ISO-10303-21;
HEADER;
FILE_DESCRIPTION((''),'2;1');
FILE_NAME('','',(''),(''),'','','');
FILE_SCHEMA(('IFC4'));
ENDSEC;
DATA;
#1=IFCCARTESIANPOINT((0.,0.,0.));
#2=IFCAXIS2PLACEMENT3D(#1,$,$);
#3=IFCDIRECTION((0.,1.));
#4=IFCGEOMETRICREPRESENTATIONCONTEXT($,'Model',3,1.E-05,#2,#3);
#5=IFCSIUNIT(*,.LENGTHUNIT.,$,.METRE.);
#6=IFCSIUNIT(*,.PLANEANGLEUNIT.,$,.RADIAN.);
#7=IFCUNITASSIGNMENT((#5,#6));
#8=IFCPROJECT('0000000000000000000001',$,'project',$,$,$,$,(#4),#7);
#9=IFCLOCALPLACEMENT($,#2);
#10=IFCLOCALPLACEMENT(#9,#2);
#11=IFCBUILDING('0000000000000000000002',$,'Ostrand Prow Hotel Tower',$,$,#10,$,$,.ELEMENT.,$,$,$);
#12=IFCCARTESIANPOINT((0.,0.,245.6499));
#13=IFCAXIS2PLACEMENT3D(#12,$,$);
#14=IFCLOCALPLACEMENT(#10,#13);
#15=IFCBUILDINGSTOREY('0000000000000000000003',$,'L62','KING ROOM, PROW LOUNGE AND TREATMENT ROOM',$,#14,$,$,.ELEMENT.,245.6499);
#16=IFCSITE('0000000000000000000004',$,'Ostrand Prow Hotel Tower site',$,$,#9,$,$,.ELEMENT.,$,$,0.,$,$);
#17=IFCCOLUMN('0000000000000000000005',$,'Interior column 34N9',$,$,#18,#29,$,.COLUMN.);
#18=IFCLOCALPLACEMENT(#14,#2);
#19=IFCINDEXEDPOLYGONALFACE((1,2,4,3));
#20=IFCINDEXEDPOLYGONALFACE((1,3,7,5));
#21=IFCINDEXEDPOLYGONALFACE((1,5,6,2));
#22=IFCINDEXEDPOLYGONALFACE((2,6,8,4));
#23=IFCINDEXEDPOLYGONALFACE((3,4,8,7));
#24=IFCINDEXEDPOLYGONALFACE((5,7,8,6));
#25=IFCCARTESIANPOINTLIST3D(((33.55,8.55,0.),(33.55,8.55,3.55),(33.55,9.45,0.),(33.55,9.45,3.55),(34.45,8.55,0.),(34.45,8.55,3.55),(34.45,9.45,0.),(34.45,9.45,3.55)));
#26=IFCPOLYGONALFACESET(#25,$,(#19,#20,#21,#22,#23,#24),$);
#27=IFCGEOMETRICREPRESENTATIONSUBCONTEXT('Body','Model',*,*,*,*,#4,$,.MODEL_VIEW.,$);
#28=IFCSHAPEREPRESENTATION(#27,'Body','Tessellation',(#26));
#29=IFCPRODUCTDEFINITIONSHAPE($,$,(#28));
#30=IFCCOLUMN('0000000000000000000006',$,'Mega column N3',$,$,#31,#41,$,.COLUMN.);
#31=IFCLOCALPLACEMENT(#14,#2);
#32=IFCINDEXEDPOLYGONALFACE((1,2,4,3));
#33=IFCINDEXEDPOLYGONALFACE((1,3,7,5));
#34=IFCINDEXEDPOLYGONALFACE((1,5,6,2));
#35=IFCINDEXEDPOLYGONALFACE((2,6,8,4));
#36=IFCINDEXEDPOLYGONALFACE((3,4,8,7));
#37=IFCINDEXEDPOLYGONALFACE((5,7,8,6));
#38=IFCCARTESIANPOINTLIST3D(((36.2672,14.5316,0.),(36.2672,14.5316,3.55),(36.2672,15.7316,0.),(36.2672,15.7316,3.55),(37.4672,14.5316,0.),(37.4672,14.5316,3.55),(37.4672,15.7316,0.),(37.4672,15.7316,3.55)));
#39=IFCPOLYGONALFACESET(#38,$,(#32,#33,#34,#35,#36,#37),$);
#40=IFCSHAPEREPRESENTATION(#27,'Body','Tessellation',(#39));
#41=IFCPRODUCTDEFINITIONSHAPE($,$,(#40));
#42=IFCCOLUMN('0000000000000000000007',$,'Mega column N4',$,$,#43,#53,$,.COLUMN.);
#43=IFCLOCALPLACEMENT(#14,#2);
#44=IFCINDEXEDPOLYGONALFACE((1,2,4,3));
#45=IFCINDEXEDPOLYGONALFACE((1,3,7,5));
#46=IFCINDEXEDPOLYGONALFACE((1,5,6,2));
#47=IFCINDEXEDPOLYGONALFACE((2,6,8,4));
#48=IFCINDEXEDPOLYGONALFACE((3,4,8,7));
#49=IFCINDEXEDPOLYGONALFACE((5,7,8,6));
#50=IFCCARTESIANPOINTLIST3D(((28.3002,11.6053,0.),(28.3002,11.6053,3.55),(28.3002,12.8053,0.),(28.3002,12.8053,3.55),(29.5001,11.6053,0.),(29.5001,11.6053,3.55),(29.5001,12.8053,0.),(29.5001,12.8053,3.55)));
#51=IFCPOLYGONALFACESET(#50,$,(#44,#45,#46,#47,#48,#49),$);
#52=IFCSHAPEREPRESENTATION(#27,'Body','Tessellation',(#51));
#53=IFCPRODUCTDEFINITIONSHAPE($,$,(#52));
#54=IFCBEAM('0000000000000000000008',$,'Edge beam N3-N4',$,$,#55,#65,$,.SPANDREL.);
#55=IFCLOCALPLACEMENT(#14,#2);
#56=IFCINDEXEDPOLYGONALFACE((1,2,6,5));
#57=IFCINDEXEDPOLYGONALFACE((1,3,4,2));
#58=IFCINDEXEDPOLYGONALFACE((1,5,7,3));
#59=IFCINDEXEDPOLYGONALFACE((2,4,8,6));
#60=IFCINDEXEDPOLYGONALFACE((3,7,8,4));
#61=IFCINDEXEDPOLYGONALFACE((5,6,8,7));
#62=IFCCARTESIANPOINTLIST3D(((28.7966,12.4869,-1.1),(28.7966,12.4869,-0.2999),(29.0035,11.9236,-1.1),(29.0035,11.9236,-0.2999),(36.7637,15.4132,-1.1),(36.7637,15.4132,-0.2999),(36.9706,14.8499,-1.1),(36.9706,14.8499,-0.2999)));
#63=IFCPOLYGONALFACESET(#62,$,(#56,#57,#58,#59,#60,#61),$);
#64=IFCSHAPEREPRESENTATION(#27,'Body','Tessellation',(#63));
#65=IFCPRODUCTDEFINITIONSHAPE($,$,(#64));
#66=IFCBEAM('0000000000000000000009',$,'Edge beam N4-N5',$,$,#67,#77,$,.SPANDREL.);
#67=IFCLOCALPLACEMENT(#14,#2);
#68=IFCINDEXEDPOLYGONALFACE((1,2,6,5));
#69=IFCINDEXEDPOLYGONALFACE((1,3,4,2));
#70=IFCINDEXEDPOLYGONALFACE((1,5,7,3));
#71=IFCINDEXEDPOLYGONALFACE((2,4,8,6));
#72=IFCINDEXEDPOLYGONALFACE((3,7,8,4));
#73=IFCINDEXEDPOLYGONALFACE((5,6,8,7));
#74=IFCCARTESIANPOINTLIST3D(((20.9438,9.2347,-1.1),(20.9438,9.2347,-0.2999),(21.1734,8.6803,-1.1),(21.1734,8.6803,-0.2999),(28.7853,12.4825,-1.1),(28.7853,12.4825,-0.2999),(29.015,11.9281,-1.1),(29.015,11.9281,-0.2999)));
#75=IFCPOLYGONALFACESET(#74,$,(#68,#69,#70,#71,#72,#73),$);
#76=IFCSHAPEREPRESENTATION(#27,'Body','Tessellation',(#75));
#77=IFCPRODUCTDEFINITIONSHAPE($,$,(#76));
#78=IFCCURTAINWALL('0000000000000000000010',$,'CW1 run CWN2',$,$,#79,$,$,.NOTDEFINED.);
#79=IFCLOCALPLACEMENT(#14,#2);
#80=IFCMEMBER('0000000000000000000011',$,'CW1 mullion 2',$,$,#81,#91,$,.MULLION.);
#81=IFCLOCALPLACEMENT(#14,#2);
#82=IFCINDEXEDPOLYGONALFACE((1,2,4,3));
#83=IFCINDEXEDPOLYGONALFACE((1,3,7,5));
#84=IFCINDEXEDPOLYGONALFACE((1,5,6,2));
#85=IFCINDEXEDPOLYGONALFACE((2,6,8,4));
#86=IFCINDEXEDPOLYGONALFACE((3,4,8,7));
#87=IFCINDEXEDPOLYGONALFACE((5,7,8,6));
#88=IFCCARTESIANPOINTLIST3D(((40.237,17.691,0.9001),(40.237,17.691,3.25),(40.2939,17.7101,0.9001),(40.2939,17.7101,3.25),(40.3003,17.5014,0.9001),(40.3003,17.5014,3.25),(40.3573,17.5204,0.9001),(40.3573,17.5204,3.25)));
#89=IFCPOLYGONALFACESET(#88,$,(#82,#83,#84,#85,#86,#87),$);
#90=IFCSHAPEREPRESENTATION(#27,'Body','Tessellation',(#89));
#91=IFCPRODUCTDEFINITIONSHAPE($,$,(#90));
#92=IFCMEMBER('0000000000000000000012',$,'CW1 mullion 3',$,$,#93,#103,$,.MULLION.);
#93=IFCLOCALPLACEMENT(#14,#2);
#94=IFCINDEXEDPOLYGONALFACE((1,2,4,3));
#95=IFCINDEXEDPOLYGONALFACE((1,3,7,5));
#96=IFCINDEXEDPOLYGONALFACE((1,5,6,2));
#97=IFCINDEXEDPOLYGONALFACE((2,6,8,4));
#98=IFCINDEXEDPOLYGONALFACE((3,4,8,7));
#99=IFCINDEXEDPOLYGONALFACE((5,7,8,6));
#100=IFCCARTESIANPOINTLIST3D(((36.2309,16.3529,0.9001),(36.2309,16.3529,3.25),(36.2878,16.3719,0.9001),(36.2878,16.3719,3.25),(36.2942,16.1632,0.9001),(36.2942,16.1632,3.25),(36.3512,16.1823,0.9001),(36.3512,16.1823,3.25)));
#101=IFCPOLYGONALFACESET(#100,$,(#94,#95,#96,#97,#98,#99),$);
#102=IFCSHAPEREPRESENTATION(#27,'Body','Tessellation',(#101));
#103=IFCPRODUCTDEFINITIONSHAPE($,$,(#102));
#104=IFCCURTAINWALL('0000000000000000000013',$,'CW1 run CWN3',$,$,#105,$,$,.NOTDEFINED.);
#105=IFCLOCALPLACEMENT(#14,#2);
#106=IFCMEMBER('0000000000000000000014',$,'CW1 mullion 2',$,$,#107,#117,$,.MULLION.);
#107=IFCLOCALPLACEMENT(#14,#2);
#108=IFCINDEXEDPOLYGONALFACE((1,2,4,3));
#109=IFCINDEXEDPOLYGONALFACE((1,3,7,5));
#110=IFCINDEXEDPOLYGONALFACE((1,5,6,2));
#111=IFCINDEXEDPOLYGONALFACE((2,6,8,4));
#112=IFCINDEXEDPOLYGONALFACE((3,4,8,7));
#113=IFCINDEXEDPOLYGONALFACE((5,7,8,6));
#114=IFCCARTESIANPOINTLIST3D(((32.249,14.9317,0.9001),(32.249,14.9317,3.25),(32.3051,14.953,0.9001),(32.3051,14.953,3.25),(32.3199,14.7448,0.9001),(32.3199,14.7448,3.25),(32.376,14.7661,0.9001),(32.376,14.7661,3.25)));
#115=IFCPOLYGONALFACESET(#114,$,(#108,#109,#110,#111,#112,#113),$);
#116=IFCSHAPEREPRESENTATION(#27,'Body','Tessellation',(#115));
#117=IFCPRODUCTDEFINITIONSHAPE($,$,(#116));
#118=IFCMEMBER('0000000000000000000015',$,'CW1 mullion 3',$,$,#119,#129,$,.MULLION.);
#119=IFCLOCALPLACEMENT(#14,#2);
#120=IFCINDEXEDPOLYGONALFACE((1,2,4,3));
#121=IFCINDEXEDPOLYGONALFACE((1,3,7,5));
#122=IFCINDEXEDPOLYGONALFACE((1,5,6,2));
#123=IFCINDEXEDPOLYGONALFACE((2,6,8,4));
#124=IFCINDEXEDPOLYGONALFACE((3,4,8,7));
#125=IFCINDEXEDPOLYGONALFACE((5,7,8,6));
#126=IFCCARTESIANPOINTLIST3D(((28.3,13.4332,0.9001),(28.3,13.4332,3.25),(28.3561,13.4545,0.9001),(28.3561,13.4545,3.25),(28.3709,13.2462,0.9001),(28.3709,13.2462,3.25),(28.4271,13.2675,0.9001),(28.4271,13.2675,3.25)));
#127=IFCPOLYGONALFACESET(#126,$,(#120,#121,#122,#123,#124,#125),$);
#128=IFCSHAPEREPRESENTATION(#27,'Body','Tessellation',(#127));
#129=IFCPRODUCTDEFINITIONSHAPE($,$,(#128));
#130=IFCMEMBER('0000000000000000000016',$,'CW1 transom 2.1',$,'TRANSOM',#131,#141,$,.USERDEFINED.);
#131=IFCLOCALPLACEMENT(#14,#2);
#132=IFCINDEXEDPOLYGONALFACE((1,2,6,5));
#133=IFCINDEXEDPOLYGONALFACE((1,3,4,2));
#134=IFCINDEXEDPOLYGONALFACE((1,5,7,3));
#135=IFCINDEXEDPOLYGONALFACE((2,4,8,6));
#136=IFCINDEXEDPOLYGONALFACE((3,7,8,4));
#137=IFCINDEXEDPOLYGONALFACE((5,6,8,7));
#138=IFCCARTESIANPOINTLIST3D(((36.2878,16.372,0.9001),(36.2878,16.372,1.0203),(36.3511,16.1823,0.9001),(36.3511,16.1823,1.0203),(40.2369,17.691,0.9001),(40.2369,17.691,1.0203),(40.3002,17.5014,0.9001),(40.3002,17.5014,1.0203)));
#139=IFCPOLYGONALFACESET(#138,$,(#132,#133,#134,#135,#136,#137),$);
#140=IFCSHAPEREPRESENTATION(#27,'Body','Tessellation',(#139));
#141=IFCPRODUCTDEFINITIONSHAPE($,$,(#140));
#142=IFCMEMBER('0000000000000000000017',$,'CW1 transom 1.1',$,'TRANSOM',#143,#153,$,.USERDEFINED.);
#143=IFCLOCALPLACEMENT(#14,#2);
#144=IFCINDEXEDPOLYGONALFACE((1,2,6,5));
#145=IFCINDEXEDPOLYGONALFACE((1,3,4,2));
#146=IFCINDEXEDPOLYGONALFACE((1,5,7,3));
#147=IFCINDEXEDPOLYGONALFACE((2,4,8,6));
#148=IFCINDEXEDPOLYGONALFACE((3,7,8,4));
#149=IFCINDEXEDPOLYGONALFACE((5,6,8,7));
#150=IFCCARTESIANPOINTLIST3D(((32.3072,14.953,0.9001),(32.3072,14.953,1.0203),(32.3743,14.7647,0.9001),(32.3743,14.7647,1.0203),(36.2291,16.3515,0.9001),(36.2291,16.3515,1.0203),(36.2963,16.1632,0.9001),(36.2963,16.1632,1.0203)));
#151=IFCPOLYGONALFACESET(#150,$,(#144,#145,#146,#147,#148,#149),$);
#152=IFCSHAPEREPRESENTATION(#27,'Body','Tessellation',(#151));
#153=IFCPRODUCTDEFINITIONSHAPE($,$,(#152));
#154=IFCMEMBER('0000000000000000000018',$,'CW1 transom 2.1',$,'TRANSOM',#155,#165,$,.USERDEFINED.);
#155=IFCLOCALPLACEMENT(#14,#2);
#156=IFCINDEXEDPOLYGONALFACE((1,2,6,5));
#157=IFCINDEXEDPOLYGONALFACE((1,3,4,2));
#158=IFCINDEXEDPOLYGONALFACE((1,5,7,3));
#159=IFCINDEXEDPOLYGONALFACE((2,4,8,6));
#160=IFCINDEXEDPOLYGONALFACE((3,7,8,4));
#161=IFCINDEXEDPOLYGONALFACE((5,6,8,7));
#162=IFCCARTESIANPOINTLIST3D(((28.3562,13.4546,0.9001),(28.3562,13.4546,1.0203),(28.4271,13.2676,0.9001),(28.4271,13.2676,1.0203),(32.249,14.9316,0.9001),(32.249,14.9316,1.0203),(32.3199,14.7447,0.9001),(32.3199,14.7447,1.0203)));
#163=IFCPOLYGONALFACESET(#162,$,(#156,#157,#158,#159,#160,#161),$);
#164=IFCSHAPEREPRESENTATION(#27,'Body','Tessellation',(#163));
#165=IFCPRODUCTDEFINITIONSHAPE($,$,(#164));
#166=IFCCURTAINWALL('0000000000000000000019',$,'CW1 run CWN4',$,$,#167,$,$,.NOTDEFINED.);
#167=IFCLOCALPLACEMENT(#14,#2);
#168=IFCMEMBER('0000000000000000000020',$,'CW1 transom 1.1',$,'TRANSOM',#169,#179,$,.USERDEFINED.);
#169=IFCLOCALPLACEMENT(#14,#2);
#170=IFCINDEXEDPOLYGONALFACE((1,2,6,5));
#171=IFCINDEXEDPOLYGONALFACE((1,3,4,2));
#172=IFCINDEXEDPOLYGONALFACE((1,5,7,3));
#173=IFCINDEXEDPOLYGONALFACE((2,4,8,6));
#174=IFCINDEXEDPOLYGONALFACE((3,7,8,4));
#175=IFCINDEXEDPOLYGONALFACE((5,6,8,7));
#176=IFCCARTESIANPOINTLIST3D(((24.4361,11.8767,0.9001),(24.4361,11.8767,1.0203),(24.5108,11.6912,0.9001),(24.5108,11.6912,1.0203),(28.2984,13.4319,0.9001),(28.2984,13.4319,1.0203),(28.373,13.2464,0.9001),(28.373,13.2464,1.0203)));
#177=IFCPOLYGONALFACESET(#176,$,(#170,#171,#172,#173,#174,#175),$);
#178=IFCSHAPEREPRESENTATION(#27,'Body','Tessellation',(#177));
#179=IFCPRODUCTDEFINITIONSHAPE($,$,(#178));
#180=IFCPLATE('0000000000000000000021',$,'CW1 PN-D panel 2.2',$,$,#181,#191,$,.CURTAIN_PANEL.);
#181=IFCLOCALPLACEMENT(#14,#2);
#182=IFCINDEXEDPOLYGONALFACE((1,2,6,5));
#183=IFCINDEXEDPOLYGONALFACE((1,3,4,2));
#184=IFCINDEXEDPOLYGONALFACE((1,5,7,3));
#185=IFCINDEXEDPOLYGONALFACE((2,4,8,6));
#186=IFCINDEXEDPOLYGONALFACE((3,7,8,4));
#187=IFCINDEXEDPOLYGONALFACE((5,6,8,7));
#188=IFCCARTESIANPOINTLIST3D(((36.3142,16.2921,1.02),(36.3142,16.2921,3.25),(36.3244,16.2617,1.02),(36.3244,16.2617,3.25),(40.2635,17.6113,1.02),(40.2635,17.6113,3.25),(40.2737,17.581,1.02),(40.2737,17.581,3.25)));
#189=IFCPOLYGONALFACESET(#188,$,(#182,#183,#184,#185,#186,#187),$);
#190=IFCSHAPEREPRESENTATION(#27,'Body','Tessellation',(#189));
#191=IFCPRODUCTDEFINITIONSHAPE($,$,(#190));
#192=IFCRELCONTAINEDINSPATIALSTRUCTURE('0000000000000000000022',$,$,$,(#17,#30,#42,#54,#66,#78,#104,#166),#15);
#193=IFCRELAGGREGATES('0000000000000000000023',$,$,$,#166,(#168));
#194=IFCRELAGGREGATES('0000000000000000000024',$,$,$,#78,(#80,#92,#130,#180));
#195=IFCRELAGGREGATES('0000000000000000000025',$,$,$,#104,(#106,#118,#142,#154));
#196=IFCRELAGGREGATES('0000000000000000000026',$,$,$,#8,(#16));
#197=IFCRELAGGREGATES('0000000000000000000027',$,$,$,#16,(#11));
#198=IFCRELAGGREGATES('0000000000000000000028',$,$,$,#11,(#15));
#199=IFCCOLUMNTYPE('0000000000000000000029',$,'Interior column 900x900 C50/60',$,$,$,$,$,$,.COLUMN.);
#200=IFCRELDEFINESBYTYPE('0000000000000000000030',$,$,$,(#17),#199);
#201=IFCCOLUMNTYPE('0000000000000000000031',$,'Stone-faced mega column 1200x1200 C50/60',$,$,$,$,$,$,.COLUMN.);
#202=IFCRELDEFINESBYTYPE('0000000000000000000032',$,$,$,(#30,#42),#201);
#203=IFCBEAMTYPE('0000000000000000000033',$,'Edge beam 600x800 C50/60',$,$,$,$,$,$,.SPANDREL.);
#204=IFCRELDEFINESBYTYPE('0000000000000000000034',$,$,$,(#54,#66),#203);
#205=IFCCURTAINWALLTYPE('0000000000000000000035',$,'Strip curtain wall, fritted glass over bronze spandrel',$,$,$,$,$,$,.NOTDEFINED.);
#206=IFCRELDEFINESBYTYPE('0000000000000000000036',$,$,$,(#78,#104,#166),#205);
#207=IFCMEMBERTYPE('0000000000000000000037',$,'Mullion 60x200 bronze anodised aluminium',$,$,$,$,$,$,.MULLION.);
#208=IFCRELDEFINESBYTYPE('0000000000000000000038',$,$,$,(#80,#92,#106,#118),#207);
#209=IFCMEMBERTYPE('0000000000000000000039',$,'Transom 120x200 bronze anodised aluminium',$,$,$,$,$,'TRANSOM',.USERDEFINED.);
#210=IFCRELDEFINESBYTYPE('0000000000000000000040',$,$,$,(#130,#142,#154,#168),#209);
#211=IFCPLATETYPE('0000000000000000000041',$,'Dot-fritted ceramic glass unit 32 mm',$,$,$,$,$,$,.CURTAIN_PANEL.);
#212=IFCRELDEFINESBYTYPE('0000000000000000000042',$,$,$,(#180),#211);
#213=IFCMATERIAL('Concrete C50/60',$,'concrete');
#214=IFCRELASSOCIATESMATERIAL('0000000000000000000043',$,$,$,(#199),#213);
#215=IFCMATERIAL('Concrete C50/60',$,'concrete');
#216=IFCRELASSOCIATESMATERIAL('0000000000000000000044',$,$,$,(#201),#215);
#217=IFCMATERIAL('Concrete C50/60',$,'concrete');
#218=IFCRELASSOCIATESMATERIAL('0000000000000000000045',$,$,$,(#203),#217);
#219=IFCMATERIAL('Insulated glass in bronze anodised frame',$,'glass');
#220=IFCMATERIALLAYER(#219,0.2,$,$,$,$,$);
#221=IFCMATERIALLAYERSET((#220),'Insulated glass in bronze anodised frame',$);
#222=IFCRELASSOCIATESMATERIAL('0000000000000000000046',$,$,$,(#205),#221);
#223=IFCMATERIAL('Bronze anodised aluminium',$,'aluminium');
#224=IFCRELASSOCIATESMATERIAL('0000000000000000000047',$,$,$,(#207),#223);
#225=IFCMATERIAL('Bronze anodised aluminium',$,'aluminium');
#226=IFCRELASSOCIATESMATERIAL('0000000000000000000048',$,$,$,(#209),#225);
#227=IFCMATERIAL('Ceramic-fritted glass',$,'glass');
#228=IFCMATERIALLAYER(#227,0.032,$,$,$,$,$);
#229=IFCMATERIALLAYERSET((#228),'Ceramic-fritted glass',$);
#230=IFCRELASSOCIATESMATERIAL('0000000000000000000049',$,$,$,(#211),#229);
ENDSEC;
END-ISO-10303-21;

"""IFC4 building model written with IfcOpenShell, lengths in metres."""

from ifc_helpers import new_model, si_unit, direction, frame, origin, origin_2d, place, context, subcontext, project, spatial, rectangle, extrude, material, layer, layer_set, material_profile, profile_set, type_object, element, aggregate, save


model = new_model("IFC4")

# Units and contexts
model_context = context("Model", 3, precision=1e-05, world=origin(), true_north=direction((0.0, 1.0)))
body_context = subcontext(model_context, "Body", "Model", "MODEL_VIEW")
ifc_project = project(units=[si_unit("LENGTHUNIT", "METRE"), si_unit("PLANEANGLEUNIT", "RADIAN")], contexts=[model_context])

# Site, building, storey
site_placement = place(None, origin())
site = spatial("IfcSite", under=ifc_project, at=site_placement, Name="Ostrand Prow Hotel Tower site", CompositionType="ELEMENT", RefElevation=0.0)
building_placement = place(site_placement, origin())
building = spatial("IfcBuilding", under=site, at=building_placement, Name="Ostrand Prow Hotel Tower", CompositionType="ELEMENT")
storey_placement = place(building_placement, frame((0.0, 0.0, 245.6499)))
storey = spatial("IfcBuildingStorey", under=building, at=storey_placement, Name="L62", Description="KING ROOM, PROW LOUNGE AND TREATMENT ROOM", CompositionType="ELEMENT", Elevation=245.6499)

# Columns
ifc_material_1 = material(Name="Concrete C50/60", Category="concrete")
ifc_material_profile_1 = material_profile(ifc_material_1, rectangle(XDim=0.8999, YDim=0.8999, at=origin_2d()), Name="RC 900x900")
ifc_profile_set_1 = profile_set([ifc_material_profile_1], Name="Concrete C50/60")
column_type_1 = type_object("IfcColumnType", Name="Interior column 900x900 C50/60", PredefinedType="COLUMN", material=ifc_profile_set_1)
column_placement = place(storey_placement, frame((34.0, 9.0, 0.0), z_axis=(0.0, 0.0, 1.0), x_axis=(1.0, 0.0, 0.0)))
element("IfcColumn", 1, at=column_placement, inside=storey, type_object=column_type_1, Name="Interior column 34N9", PredefinedType="COLUMN", context=body_context, shape_type="SweptSolid", body=[
    extrude(rectangle(XDim=0.8999, YDim=0.8999, at=origin_2d()), origin(), (0.0, 0.0, 1.0), 3.55),
])
ifc_material_2 = material(Name="Concrete C50/60", Category="concrete")
ifc_material_profile_2 = material_profile(ifc_material_2, rectangle(XDim=1.2, YDim=1.2, at=origin_2d()), Name="RC 1200x1200")
ifc_profile_set_2 = profile_set([ifc_material_profile_2], Name="Concrete C50/60")
column_type_2 = type_object("IfcColumnType", Name="Stone-faced mega column 1200x1200 C50/60", PredefinedType="COLUMN", material=ifc_profile_set_2)
for number, where, z_axis, x_axis, name in (
    (2, (36.8672, 15.1316, 0.0), (0.0, 0.0, 1.0), (1.0, 0.0, 0.0), "Mega column N3"),
    (3, (28.9001, 12.2053, 0.0), (0.0, 0.0, 1.0), (1.0, 0.0, 0.0), "Mega column N4"),
):
    element("IfcColumn", number, at=place(storey_placement, frame(where, z_axis=z_axis, x_axis=x_axis)), inside=storey, type_object=column_type_2, Name=name, PredefinedType="COLUMN", context=body_context, shape_type="SweptSolid", body=[
        extrude(rectangle(XDim=1.2, YDim=1.2, at=origin_2d()), origin(), (0.0, 0.0, 1.0), 3.55),
    ])

# Beams
ifc_material_3 = material(Name="Concrete C50/60", Category="concrete")
ifc_material_profile_3 = material_profile(ifc_material_3, rectangle(XDim=0.6001, YDim=0.8, at=origin_2d()), Name="RC 600x800")
ifc_profile_set_3 = profile_set([ifc_material_profile_3], Name="Concrete C50/60")
beam_type = type_object("IfcBeamType", Name="Edge beam 600x800 C50/60", PredefinedType="SPANDREL", material=ifc_profile_set_3)
for number, where, z_axis, x_axis, name in (
    (4, (36.8672, 15.1316, -0.7), (-0.938685, -0.344776, 0.0), (0.344776, -0.938685, 0.0), "Edge beam N3-N4"),
    (5, (28.9001, 12.2053, -0.7), (-0.923891, -0.382656, 0.0), (0.382656, -0.923891, 0.0), "Edge beam N4-N5"),
):
    element("IfcBeam", number, at=place(storey_placement, frame(where, z_axis=z_axis, x_axis=x_axis)), inside=storey, type_object=beam_type, Name=name, PredefinedType="SPANDREL", context=body_context, shape_type="SweptSolid", body=[
        extrude(rectangle(XDim=0.6001, YDim=0.8, at=origin_2d()), origin(), (0.0, 0.0, 1.0), 8.4875),
    ])

# Curtain walls, members
ifc_material_4 = material(Name="Insulated glass in bronze anodised frame", Category="glass")
ifc_layer_1 = layer(ifc_material_4, 0.2)
ifc_layer_set_1 = layer_set([ifc_layer_1], Name="Insulated glass in bronze anodised frame")
curtain_wall_type = type_object("IfcCurtainWallType", Name="Strip curtain wall, fritted glass over bronze spandrel", PredefinedType="NOTDEFINED", material=ifc_layer_set_1)
curtain_wall_1_placement = place(storey_placement, origin())
curtain_wall_1 = element("IfcCurtainWall", 6, at=curtain_wall_1_placement, inside=storey, type_object=curtain_wall_type, Name="CW1 run CWN2", PredefinedType="NOTDEFINED")
ifc_material_5 = material(Name="Bronze anodised aluminium", Category="aluminium")
ifc_material_profile_4 = material_profile(ifc_material_5, rectangle(XDim=0.2, YDim=0.0601, at=origin_2d()), Name="Mullion 60x200 bronze anodised aluminium")
ifc_profile_set_4 = profile_set([ifc_material_profile_4], Name="Bronze anodised aluminium")
member_type_1 = type_object("IfcMemberType", Name="Mullion 60x200 bronze anodised aluminium", PredefinedType="MULLION", material=ifc_profile_set_4)
member_1_placement = place(storey_placement, frame((40.2971, 17.6057, 0.9001), z_axis=(0.0, 0.0, 1.0), x_axis=(0.316841, -0.948479, 0.0)))
member_1 = element("IfcMember", 7, at=member_1_placement, type_object=member_type_1, Name="CW1 mullion 2", PredefinedType="MULLION", context=body_context, shape_type="SweptSolid", body=[
    extrude(rectangle(XDim=0.2, YDim=0.0601, at=origin_2d()), origin(), (0.0, 0.0, 1.0), 2.3499),
])
member_2_placement = place(storey_placement, frame((36.291, 16.2676, 0.9001), z_axis=(0.0, 0.0, 1.0), x_axis=(0.316841, -0.948479, 0.0)))
member_2 = element("IfcMember", 8, at=member_2_placement, type_object=member_type_1, Name="CW1 mullion 3", PredefinedType="MULLION", context=body_context, shape_type="SweptSolid", body=[
    extrude(rectangle(XDim=0.2, YDim=0.0601, at=origin_2d()), origin(), (0.0, 0.0, 1.0), 2.3499),
])
curtain_wall_2_placement = place(storey_placement, origin())
curtain_wall_2 = element("IfcCurtainWall", 9, at=curtain_wall_2_placement, inside=storey, type_object=curtain_wall_type, Name="CW1 run CWN3", PredefinedType="NOTDEFINED")
member_3_placement = place(storey_placement, frame((32.3125, 14.8489, 0.9001), z_axis=(0.0, 0.0, 1.0), x_axis=(0.354777, -0.934951, 0.0)))
member_3 = element("IfcMember", 10, at=member_3_placement, type_object=member_type_1, Name="CW1 mullion 2", PredefinedType="MULLION", context=body_context, shape_type="SweptSolid", body=[
    extrude(rectangle(XDim=0.2, YDim=0.0601, at=origin_2d()), origin(), (0.0, 0.0, 1.0), 2.3499),
])
member_4_placement = place(storey_placement, frame((28.3635, 13.3503, 0.9001), z_axis=(0.0, 0.0, 1.0), x_axis=(0.354777, -0.934951, 0.0)))
member_4 = element("IfcMember", 11, at=member_4_placement, type_object=member_type_1, Name="CW1 mullion 3", PredefinedType="MULLION", context=body_context, shape_type="SweptSolid", body=[
    extrude(rectangle(XDim=0.2, YDim=0.0601, at=origin_2d()), origin(), (0.0, 0.0, 1.0), 2.3499),
])

# Members
ifc_material_6 = material(Name="Bronze anodised aluminium", Category="aluminium")
ifc_material_profile_5 = material_profile(ifc_material_6, rectangle(XDim=0.2, YDim=0.1201, at=origin_2d()), Name="Transom 120x200 bronze anodised aluminium")
ifc_profile_set_5 = profile_set([ifc_material_profile_5], Name="Bronze anodised aluminium")
member_type_2 = type_object("IfcMemberType", Name="Transom 120x200 bronze anodised aluminium", ElementType="TRANSOM", PredefinedType="USERDEFINED", material=ifc_profile_set_5)
member_5_placement = place(storey_placement, frame((40.2686, 17.5962, 0.9602), z_axis=(-0.94849, -0.316808, 0.0), x_axis=(0.316808, -0.94849, 0.0)))
member_5 = element("IfcMember", 12, at=member_5_placement, type_object=member_type_2, Name="CW1 transom 2.1", ObjectType="TRANSOM", PredefinedType="USERDEFINED", context=body_context, shape_type="SweptSolid", body=[
    extrude(rectangle(XDim=0.2, YDim=0.1201, at=origin_2d()), origin(), (0.0, 0.0, 1.0), 4.1636),
])
member_6_placement = place(storey_placement, frame((36.2627, 16.2573, 0.9602), z_axis=(-0.941912, -0.335861, 0.0), x_axis=(0.335861, -0.941912, 0.0)))
member_6 = element("IfcMember", 13, at=member_6_placement, type_object=member_type_2, Name="CW1 transom 1.1", ObjectType="TRANSOM", PredefinedType="USERDEFINED", context=body_context, shape_type="SweptSolid", body=[
    extrude(rectangle(XDim=0.2, YDim=0.1201, at=origin_2d()), origin(), (0.0, 0.0, 1.0), 4.1638),
])
member_7_placement = place(storey_placement, frame((32.2844, 14.8381, 0.9602), z_axis=(-0.934961, -0.354751, 0.0), x_axis=(0.354751, -0.934961, 0.0)))
member_7 = element("IfcMember", 14, at=member_7_placement, type_object=member_type_2, Name="CW1 transom 2.1", ObjectType="TRANSOM", PredefinedType="USERDEFINED", context=body_context, shape_type="SweptSolid", body=[
    extrude(rectangle(XDim=0.2, YDim=0.1201, at=origin_2d()), origin(), (0.0, 0.0, 1.0), 4.1636),
])

# Curtain wall, member
curtain_wall_3_placement = place(storey_placement, origin())
curtain_wall_3 = element("IfcCurtainWall", 15, at=curtain_wall_3_placement, inside=storey, type_object=curtain_wall_type, Name="CW1 run CWN4", PredefinedType="NOTDEFINED")
member_8_placement = place(storey_placement, frame((28.3357, 13.3391, 0.9602), z_axis=(-0.927625, -0.373513, 0.0), x_axis=(0.373513, -0.927625, 0.0)))
member_8 = element("IfcMember", 16, at=member_8_placement, type_object=member_type_2, Name="CW1 transom 1.1", ObjectType="TRANSOM", PredefinedType="USERDEFINED", context=body_context, shape_type="SweptSolid", body=[
    extrude(rectangle(XDim=0.2, YDim=0.1201, at=origin_2d()), origin(), (0.0, 0.0, 1.0), 4.1636),
])
aggregate(curtain_wall_3, [member_8])

# Plate
ifc_material_7 = material(Name="Ceramic-fritted glass", Category="glass")
ifc_layer_2 = layer(ifc_material_7, 0.032)
ifc_layer_set_2 = layer_set([ifc_layer_2], Name="Ceramic-fritted glass")
plate_type_1 = type_object("IfcPlateType", Name="Dot-fritted ceramic glass unit 32 mm", PredefinedType="CURTAIN_PANEL", material=ifc_layer_set_2)
plate_1_placement = place(storey_placement, frame((38.2939, 16.9365, 1.02), z_axis=(0.0, 0.0, 1.0), x_axis=(-0.948479, -0.316841, 0.0)))
plate_1 = element("IfcPlate", 17, at=plate_1_placement, type_object=plate_type_1, Name="CW1 PN-D panel 2.2", PredefinedType="CURTAIN_PANEL", context=body_context, shape_type="SweptSolid", body=[
    extrude(rectangle(XDim=4.1638, YDim=0.032, at=origin_2d()), origin(), (0.0, 0.0, 1.0), 2.23),
])
aggregate(curtain_wall_1, [member_1, member_2, member_5, plate_1])
aggregate(curtain_wall_2, [member_3, member_4, member_6, member_7])

save(model, "model.ifc")
